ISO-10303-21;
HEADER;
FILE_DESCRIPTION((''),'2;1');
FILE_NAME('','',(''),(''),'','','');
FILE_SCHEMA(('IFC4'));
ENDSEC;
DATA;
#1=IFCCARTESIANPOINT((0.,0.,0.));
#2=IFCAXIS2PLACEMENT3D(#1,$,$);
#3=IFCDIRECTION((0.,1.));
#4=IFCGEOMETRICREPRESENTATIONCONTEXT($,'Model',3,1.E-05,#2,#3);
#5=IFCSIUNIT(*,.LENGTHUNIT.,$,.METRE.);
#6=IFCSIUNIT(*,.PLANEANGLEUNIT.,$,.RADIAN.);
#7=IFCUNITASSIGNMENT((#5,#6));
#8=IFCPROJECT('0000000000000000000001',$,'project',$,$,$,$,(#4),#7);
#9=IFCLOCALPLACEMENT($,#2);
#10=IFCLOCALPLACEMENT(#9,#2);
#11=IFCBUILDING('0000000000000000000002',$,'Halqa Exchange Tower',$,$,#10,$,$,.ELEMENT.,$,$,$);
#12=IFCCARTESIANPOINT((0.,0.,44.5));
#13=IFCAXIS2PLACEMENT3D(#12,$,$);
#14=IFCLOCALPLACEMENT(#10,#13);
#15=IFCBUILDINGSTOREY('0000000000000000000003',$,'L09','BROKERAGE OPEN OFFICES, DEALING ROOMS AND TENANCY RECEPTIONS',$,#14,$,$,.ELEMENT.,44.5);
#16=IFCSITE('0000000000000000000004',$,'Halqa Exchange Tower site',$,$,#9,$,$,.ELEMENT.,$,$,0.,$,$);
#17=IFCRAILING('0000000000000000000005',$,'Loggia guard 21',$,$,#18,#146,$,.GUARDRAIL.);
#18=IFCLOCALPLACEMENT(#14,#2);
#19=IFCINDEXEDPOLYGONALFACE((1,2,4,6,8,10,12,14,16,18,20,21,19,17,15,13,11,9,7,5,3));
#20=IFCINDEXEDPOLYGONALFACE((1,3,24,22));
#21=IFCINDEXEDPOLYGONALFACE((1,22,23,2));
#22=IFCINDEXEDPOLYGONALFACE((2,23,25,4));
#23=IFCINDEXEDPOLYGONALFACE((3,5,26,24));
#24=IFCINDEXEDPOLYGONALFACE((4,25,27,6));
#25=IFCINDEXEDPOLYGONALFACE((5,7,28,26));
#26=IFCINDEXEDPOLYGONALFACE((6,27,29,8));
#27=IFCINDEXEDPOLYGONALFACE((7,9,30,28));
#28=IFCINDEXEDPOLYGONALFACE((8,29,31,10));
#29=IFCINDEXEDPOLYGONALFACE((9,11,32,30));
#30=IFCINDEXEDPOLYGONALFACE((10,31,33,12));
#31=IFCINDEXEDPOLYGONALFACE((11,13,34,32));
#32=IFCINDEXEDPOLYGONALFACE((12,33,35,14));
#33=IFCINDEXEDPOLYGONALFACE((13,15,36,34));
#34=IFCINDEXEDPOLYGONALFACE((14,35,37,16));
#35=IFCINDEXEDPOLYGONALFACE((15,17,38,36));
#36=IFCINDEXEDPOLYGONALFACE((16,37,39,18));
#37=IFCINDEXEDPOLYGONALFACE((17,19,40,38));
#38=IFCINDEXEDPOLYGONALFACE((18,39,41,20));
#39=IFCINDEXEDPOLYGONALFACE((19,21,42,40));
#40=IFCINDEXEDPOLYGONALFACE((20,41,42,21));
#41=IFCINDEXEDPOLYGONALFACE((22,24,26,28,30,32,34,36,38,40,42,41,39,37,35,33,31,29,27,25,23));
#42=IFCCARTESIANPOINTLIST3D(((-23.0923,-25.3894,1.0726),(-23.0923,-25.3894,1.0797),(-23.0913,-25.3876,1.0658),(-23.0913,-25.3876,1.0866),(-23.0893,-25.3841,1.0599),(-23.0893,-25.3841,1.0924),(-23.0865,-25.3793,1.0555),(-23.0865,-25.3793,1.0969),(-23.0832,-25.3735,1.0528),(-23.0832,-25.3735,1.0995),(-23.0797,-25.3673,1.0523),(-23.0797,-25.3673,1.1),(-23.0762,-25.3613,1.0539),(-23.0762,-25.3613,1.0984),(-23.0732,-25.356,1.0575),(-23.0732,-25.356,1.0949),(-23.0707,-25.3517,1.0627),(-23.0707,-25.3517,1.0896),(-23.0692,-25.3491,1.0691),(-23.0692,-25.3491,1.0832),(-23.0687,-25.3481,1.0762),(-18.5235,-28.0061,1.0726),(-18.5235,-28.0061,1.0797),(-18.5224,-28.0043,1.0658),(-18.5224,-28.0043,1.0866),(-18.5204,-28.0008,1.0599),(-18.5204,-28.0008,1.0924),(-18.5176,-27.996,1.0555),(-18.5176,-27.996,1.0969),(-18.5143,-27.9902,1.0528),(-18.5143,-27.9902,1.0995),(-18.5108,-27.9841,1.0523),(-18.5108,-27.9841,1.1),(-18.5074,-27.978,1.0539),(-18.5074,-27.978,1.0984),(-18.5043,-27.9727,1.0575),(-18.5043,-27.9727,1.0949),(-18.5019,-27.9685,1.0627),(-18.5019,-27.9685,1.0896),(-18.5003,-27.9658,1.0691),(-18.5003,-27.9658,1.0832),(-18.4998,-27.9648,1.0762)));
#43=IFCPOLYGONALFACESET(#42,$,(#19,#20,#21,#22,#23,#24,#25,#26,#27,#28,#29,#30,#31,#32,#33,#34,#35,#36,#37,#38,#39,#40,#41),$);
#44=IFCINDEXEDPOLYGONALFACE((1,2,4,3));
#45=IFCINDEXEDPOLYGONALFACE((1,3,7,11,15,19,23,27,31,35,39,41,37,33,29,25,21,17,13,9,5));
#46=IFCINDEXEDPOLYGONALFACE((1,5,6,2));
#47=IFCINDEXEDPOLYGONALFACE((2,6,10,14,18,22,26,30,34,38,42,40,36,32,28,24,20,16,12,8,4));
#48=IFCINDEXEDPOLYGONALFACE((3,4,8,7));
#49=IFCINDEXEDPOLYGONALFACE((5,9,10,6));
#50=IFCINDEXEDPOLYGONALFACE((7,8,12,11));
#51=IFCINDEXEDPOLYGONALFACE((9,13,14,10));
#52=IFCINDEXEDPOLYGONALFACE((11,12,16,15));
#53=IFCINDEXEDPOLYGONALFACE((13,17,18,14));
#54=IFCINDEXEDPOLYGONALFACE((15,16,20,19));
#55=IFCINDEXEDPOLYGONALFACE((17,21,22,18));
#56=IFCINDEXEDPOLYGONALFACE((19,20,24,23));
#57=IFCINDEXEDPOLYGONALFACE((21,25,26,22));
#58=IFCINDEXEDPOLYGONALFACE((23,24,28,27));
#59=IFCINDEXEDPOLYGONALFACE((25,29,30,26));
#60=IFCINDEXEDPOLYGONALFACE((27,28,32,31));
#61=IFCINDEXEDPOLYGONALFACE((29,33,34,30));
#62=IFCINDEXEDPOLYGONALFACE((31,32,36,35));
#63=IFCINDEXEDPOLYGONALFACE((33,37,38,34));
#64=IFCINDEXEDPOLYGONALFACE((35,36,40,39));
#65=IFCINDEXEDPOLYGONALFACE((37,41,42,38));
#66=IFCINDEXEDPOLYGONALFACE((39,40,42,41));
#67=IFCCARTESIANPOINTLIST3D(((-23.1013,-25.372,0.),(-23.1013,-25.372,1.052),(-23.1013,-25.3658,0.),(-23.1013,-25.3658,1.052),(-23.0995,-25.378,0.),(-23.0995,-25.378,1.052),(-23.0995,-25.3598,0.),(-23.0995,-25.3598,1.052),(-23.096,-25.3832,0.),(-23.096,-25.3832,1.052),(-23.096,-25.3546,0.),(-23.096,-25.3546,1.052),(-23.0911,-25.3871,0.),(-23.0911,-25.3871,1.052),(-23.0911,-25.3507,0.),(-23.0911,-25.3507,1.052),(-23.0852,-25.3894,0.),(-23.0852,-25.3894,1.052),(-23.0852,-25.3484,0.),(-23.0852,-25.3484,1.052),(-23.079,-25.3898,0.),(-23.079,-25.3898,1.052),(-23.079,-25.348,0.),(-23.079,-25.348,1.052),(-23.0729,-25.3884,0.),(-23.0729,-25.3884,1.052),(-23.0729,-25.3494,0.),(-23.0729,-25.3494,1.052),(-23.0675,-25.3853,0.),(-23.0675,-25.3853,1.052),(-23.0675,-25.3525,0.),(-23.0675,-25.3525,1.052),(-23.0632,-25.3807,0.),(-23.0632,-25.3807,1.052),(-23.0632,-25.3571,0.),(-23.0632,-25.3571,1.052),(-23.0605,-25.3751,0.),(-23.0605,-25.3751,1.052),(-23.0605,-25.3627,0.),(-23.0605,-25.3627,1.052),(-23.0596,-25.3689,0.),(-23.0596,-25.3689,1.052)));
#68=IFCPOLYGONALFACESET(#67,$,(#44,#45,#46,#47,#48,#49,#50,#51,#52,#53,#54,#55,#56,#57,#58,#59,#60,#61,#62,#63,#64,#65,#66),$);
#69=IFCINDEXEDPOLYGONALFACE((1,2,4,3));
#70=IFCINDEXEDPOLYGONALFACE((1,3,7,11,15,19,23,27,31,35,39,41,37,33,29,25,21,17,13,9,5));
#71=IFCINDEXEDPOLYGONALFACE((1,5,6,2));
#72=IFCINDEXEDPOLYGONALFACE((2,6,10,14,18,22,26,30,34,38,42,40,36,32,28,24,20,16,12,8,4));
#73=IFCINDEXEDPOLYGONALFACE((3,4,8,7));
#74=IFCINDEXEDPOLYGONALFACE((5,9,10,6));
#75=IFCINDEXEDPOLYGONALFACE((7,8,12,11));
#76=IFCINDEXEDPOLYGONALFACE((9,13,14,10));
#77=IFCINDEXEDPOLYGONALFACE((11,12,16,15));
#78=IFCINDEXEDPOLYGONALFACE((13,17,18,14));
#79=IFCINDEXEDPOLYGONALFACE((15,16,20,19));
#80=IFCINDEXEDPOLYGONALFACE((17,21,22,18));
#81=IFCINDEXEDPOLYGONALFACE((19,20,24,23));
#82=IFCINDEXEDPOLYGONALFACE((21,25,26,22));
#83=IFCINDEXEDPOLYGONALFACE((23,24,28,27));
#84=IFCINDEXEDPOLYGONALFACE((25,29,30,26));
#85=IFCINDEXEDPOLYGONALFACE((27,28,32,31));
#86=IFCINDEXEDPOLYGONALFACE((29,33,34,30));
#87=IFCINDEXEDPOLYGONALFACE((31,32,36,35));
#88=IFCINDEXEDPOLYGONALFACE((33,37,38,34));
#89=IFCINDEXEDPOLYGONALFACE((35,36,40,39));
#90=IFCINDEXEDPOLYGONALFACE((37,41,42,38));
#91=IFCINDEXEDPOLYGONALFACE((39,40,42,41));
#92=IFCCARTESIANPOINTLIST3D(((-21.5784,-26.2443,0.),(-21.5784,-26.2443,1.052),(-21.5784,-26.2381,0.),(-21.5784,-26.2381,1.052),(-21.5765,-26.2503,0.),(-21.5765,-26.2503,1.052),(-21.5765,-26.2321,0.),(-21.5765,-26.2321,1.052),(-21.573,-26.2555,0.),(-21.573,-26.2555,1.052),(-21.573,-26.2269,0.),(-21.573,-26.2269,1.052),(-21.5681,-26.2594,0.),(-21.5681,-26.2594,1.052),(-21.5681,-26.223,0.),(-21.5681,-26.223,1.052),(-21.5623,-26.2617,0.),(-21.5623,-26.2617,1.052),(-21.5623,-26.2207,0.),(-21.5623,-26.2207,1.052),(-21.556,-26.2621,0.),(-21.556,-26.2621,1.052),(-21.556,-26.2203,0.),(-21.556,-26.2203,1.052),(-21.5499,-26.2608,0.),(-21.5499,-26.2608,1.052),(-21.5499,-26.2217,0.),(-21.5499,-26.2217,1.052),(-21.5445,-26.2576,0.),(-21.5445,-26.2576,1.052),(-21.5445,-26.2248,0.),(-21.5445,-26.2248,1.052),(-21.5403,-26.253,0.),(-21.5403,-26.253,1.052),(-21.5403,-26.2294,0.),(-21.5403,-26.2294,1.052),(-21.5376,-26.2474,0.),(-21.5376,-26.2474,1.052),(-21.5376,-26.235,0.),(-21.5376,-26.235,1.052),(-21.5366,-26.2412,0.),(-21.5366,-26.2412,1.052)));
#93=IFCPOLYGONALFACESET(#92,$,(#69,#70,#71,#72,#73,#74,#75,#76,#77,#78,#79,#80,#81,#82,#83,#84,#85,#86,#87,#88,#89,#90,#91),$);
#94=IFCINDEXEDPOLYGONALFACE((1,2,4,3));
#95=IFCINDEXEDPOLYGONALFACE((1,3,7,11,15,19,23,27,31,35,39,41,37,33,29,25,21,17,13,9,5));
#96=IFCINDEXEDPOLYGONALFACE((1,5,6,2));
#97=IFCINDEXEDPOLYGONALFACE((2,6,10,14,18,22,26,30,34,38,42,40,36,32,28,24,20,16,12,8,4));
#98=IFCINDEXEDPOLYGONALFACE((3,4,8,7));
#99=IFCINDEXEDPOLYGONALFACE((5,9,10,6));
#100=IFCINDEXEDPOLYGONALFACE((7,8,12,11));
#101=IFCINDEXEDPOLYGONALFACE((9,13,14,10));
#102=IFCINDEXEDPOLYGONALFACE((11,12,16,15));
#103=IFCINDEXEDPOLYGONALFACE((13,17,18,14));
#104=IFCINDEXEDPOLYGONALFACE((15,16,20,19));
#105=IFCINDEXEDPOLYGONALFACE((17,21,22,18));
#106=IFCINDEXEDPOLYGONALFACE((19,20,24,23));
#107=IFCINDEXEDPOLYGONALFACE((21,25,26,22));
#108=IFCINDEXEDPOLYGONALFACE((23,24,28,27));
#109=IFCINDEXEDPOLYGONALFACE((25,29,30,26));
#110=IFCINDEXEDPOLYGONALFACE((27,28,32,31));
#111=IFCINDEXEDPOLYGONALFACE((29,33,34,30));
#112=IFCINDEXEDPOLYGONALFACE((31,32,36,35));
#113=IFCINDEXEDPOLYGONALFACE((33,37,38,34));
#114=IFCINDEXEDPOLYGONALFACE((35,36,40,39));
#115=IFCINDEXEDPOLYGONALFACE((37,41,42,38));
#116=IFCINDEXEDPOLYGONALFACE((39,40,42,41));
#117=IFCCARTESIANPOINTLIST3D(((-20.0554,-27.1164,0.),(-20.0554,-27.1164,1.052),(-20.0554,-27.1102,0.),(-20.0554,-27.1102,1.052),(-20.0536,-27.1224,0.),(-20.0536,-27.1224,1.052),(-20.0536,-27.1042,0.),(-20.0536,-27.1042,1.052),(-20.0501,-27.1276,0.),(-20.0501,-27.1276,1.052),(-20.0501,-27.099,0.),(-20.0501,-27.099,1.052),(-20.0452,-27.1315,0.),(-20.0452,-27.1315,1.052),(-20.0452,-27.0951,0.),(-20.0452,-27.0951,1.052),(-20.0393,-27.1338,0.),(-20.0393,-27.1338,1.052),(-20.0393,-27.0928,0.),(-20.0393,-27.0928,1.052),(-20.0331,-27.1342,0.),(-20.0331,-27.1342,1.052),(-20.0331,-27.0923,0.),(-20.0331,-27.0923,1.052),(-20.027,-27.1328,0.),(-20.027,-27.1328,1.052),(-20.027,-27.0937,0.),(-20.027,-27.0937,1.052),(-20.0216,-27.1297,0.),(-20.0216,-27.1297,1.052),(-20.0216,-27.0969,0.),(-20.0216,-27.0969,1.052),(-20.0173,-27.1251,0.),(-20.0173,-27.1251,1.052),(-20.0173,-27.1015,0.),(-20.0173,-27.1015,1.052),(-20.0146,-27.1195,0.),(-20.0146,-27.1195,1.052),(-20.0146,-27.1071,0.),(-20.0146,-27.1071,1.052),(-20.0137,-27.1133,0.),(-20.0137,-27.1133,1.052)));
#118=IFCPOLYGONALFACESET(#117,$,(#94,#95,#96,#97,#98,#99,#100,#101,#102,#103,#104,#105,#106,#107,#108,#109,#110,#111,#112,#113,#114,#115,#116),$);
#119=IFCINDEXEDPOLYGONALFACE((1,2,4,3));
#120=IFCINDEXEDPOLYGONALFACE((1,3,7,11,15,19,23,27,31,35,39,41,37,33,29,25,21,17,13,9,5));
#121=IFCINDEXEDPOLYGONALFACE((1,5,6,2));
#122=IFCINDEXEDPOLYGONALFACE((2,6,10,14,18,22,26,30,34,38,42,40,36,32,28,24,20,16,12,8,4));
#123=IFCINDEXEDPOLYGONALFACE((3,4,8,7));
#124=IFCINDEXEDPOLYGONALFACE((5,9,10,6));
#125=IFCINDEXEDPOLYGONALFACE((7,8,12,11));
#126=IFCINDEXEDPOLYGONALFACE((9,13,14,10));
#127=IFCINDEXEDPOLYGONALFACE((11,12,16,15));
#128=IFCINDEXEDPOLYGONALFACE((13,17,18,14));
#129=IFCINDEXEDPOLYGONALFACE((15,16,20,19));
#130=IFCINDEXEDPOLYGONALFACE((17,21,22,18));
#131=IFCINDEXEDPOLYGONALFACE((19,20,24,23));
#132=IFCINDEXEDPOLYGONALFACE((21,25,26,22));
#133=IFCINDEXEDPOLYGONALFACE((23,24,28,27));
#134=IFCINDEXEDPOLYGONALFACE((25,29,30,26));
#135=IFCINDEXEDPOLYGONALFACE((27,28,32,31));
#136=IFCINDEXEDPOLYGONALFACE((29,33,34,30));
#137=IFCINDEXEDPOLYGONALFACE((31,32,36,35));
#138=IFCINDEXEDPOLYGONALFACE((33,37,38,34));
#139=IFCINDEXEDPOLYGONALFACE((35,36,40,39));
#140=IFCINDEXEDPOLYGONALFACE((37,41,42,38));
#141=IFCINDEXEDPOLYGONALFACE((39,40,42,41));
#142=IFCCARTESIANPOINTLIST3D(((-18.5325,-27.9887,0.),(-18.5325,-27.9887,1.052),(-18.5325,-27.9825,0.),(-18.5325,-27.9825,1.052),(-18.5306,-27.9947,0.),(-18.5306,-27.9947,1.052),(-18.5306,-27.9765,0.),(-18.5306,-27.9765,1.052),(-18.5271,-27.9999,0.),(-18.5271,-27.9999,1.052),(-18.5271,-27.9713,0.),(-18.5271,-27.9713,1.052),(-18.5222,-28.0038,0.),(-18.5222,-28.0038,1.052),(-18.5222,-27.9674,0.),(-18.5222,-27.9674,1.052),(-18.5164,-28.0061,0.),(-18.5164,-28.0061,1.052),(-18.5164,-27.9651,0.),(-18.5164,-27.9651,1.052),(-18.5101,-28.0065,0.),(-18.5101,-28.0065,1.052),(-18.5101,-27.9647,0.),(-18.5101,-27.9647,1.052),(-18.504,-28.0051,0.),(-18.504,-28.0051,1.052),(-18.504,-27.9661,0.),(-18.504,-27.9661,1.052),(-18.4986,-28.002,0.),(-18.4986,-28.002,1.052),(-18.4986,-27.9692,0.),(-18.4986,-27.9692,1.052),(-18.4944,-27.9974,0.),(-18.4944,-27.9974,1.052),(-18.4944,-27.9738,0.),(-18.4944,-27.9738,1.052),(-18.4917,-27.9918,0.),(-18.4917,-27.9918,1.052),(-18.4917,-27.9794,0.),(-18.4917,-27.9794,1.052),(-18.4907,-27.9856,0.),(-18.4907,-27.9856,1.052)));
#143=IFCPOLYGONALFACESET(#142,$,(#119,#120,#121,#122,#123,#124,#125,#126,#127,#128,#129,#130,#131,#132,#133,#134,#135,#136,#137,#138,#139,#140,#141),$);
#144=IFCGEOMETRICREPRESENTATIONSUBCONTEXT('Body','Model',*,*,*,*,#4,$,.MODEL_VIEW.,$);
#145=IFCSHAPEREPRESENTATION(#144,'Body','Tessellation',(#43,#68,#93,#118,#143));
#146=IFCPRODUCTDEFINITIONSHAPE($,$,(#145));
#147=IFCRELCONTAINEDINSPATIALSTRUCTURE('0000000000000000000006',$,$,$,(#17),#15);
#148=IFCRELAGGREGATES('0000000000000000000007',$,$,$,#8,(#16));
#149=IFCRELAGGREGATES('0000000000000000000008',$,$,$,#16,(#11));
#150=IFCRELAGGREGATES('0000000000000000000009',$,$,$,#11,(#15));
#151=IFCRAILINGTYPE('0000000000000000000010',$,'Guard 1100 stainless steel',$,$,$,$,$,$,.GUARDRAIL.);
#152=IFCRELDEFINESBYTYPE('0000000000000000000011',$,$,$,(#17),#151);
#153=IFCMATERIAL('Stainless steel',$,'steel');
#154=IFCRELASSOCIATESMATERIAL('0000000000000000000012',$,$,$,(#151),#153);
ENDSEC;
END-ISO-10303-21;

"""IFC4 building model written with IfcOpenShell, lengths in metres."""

from ifc_helpers import new_model, si_unit, direction, frame, origin, origin_2d, place, context, subcontext, project, spatial, circle, extrude, material, type_object, element, save


model = new_model("IFC4")

# Units and contexts
model_context = context("Model", 3, precision=1e-05, world=origin(), true_north=direction((0.0, 1.0)))
body_context = subcontext(model_context, "Body", "Model", "MODEL_VIEW")
ifc_project = project(units=[si_unit("LENGTHUNIT", "METRE"), si_unit("PLANEANGLEUNIT", "RADIAN")], contexts=[model_context])

# Site, building, storey
site_placement = place(None, origin())
site = spatial("IfcSite", under=ifc_project, at=site_placement, Name="Halqa Exchange Tower site", CompositionType="ELEMENT", RefElevation=0.0)
building_placement = place(site_placement, origin())
building = spatial("IfcBuilding", under=site, at=building_placement, Name="Halqa Exchange Tower", CompositionType="ELEMENT")
storey_placement = place(building_placement, frame((0.0, 0.0, 44.5)))
storey = spatial("IfcBuildingStorey", under=building, at=storey_placement, Name="L09", Description="BROKERAGE OPEN OFFICES, DEALING ROOMS AND TENANCY RECEPTIONS", CompositionType="ELEMENT", Elevation=44.5)

# Railing
ifc_material_1 = material(Name="Stainless steel", Category="steel")
railing_type = type_object("IfcRailingType", Name="Guard 1100 stainless steel", PredefinedType="GUARDRAIL", material=ifc_material_1)
railing_1_placement = place(storey_placement, frame((-23.0806, -25.3689, 0.0)))
element("IfcRailing", 1, at=railing_1_placement, inside=storey, type_object=railing_type, Name="Loggia guard 21", PredefinedType="GUARDRAIL", context=body_context, shape_type="SweptSolid", body=[
    extrude(circle(Radius=0.0239, at=origin_2d()), frame((0.0, 0.0, 1.0762), z_axis=(0.867758, -0.496988, 0.0), x_axis=(0.496988, 0.867758, 0.0)), (0.0, 0.0, 1.0), 5.2651),
    extrude(circle(Radius=0.021, at=origin_2d()), origin(), (0.0, 0.0, 1.0), 1.052),
    extrude(circle(Radius=0.021, at=origin_2d()), frame((1.5229, -0.8723, 0.0)), (0.0, 0.0, 1.0), 1.052),
    extrude(circle(Radius=0.021, at=origin_2d()), frame((3.0459, -1.7444, 0.0)), (0.0, 0.0, 1.0), 1.052),
    extrude(circle(Radius=0.021, at=origin_2d()), frame((4.5688, -2.6167, 0.0)), (0.0, 0.0, 1.0), 1.052),
])

save(model, "model.ifc")
